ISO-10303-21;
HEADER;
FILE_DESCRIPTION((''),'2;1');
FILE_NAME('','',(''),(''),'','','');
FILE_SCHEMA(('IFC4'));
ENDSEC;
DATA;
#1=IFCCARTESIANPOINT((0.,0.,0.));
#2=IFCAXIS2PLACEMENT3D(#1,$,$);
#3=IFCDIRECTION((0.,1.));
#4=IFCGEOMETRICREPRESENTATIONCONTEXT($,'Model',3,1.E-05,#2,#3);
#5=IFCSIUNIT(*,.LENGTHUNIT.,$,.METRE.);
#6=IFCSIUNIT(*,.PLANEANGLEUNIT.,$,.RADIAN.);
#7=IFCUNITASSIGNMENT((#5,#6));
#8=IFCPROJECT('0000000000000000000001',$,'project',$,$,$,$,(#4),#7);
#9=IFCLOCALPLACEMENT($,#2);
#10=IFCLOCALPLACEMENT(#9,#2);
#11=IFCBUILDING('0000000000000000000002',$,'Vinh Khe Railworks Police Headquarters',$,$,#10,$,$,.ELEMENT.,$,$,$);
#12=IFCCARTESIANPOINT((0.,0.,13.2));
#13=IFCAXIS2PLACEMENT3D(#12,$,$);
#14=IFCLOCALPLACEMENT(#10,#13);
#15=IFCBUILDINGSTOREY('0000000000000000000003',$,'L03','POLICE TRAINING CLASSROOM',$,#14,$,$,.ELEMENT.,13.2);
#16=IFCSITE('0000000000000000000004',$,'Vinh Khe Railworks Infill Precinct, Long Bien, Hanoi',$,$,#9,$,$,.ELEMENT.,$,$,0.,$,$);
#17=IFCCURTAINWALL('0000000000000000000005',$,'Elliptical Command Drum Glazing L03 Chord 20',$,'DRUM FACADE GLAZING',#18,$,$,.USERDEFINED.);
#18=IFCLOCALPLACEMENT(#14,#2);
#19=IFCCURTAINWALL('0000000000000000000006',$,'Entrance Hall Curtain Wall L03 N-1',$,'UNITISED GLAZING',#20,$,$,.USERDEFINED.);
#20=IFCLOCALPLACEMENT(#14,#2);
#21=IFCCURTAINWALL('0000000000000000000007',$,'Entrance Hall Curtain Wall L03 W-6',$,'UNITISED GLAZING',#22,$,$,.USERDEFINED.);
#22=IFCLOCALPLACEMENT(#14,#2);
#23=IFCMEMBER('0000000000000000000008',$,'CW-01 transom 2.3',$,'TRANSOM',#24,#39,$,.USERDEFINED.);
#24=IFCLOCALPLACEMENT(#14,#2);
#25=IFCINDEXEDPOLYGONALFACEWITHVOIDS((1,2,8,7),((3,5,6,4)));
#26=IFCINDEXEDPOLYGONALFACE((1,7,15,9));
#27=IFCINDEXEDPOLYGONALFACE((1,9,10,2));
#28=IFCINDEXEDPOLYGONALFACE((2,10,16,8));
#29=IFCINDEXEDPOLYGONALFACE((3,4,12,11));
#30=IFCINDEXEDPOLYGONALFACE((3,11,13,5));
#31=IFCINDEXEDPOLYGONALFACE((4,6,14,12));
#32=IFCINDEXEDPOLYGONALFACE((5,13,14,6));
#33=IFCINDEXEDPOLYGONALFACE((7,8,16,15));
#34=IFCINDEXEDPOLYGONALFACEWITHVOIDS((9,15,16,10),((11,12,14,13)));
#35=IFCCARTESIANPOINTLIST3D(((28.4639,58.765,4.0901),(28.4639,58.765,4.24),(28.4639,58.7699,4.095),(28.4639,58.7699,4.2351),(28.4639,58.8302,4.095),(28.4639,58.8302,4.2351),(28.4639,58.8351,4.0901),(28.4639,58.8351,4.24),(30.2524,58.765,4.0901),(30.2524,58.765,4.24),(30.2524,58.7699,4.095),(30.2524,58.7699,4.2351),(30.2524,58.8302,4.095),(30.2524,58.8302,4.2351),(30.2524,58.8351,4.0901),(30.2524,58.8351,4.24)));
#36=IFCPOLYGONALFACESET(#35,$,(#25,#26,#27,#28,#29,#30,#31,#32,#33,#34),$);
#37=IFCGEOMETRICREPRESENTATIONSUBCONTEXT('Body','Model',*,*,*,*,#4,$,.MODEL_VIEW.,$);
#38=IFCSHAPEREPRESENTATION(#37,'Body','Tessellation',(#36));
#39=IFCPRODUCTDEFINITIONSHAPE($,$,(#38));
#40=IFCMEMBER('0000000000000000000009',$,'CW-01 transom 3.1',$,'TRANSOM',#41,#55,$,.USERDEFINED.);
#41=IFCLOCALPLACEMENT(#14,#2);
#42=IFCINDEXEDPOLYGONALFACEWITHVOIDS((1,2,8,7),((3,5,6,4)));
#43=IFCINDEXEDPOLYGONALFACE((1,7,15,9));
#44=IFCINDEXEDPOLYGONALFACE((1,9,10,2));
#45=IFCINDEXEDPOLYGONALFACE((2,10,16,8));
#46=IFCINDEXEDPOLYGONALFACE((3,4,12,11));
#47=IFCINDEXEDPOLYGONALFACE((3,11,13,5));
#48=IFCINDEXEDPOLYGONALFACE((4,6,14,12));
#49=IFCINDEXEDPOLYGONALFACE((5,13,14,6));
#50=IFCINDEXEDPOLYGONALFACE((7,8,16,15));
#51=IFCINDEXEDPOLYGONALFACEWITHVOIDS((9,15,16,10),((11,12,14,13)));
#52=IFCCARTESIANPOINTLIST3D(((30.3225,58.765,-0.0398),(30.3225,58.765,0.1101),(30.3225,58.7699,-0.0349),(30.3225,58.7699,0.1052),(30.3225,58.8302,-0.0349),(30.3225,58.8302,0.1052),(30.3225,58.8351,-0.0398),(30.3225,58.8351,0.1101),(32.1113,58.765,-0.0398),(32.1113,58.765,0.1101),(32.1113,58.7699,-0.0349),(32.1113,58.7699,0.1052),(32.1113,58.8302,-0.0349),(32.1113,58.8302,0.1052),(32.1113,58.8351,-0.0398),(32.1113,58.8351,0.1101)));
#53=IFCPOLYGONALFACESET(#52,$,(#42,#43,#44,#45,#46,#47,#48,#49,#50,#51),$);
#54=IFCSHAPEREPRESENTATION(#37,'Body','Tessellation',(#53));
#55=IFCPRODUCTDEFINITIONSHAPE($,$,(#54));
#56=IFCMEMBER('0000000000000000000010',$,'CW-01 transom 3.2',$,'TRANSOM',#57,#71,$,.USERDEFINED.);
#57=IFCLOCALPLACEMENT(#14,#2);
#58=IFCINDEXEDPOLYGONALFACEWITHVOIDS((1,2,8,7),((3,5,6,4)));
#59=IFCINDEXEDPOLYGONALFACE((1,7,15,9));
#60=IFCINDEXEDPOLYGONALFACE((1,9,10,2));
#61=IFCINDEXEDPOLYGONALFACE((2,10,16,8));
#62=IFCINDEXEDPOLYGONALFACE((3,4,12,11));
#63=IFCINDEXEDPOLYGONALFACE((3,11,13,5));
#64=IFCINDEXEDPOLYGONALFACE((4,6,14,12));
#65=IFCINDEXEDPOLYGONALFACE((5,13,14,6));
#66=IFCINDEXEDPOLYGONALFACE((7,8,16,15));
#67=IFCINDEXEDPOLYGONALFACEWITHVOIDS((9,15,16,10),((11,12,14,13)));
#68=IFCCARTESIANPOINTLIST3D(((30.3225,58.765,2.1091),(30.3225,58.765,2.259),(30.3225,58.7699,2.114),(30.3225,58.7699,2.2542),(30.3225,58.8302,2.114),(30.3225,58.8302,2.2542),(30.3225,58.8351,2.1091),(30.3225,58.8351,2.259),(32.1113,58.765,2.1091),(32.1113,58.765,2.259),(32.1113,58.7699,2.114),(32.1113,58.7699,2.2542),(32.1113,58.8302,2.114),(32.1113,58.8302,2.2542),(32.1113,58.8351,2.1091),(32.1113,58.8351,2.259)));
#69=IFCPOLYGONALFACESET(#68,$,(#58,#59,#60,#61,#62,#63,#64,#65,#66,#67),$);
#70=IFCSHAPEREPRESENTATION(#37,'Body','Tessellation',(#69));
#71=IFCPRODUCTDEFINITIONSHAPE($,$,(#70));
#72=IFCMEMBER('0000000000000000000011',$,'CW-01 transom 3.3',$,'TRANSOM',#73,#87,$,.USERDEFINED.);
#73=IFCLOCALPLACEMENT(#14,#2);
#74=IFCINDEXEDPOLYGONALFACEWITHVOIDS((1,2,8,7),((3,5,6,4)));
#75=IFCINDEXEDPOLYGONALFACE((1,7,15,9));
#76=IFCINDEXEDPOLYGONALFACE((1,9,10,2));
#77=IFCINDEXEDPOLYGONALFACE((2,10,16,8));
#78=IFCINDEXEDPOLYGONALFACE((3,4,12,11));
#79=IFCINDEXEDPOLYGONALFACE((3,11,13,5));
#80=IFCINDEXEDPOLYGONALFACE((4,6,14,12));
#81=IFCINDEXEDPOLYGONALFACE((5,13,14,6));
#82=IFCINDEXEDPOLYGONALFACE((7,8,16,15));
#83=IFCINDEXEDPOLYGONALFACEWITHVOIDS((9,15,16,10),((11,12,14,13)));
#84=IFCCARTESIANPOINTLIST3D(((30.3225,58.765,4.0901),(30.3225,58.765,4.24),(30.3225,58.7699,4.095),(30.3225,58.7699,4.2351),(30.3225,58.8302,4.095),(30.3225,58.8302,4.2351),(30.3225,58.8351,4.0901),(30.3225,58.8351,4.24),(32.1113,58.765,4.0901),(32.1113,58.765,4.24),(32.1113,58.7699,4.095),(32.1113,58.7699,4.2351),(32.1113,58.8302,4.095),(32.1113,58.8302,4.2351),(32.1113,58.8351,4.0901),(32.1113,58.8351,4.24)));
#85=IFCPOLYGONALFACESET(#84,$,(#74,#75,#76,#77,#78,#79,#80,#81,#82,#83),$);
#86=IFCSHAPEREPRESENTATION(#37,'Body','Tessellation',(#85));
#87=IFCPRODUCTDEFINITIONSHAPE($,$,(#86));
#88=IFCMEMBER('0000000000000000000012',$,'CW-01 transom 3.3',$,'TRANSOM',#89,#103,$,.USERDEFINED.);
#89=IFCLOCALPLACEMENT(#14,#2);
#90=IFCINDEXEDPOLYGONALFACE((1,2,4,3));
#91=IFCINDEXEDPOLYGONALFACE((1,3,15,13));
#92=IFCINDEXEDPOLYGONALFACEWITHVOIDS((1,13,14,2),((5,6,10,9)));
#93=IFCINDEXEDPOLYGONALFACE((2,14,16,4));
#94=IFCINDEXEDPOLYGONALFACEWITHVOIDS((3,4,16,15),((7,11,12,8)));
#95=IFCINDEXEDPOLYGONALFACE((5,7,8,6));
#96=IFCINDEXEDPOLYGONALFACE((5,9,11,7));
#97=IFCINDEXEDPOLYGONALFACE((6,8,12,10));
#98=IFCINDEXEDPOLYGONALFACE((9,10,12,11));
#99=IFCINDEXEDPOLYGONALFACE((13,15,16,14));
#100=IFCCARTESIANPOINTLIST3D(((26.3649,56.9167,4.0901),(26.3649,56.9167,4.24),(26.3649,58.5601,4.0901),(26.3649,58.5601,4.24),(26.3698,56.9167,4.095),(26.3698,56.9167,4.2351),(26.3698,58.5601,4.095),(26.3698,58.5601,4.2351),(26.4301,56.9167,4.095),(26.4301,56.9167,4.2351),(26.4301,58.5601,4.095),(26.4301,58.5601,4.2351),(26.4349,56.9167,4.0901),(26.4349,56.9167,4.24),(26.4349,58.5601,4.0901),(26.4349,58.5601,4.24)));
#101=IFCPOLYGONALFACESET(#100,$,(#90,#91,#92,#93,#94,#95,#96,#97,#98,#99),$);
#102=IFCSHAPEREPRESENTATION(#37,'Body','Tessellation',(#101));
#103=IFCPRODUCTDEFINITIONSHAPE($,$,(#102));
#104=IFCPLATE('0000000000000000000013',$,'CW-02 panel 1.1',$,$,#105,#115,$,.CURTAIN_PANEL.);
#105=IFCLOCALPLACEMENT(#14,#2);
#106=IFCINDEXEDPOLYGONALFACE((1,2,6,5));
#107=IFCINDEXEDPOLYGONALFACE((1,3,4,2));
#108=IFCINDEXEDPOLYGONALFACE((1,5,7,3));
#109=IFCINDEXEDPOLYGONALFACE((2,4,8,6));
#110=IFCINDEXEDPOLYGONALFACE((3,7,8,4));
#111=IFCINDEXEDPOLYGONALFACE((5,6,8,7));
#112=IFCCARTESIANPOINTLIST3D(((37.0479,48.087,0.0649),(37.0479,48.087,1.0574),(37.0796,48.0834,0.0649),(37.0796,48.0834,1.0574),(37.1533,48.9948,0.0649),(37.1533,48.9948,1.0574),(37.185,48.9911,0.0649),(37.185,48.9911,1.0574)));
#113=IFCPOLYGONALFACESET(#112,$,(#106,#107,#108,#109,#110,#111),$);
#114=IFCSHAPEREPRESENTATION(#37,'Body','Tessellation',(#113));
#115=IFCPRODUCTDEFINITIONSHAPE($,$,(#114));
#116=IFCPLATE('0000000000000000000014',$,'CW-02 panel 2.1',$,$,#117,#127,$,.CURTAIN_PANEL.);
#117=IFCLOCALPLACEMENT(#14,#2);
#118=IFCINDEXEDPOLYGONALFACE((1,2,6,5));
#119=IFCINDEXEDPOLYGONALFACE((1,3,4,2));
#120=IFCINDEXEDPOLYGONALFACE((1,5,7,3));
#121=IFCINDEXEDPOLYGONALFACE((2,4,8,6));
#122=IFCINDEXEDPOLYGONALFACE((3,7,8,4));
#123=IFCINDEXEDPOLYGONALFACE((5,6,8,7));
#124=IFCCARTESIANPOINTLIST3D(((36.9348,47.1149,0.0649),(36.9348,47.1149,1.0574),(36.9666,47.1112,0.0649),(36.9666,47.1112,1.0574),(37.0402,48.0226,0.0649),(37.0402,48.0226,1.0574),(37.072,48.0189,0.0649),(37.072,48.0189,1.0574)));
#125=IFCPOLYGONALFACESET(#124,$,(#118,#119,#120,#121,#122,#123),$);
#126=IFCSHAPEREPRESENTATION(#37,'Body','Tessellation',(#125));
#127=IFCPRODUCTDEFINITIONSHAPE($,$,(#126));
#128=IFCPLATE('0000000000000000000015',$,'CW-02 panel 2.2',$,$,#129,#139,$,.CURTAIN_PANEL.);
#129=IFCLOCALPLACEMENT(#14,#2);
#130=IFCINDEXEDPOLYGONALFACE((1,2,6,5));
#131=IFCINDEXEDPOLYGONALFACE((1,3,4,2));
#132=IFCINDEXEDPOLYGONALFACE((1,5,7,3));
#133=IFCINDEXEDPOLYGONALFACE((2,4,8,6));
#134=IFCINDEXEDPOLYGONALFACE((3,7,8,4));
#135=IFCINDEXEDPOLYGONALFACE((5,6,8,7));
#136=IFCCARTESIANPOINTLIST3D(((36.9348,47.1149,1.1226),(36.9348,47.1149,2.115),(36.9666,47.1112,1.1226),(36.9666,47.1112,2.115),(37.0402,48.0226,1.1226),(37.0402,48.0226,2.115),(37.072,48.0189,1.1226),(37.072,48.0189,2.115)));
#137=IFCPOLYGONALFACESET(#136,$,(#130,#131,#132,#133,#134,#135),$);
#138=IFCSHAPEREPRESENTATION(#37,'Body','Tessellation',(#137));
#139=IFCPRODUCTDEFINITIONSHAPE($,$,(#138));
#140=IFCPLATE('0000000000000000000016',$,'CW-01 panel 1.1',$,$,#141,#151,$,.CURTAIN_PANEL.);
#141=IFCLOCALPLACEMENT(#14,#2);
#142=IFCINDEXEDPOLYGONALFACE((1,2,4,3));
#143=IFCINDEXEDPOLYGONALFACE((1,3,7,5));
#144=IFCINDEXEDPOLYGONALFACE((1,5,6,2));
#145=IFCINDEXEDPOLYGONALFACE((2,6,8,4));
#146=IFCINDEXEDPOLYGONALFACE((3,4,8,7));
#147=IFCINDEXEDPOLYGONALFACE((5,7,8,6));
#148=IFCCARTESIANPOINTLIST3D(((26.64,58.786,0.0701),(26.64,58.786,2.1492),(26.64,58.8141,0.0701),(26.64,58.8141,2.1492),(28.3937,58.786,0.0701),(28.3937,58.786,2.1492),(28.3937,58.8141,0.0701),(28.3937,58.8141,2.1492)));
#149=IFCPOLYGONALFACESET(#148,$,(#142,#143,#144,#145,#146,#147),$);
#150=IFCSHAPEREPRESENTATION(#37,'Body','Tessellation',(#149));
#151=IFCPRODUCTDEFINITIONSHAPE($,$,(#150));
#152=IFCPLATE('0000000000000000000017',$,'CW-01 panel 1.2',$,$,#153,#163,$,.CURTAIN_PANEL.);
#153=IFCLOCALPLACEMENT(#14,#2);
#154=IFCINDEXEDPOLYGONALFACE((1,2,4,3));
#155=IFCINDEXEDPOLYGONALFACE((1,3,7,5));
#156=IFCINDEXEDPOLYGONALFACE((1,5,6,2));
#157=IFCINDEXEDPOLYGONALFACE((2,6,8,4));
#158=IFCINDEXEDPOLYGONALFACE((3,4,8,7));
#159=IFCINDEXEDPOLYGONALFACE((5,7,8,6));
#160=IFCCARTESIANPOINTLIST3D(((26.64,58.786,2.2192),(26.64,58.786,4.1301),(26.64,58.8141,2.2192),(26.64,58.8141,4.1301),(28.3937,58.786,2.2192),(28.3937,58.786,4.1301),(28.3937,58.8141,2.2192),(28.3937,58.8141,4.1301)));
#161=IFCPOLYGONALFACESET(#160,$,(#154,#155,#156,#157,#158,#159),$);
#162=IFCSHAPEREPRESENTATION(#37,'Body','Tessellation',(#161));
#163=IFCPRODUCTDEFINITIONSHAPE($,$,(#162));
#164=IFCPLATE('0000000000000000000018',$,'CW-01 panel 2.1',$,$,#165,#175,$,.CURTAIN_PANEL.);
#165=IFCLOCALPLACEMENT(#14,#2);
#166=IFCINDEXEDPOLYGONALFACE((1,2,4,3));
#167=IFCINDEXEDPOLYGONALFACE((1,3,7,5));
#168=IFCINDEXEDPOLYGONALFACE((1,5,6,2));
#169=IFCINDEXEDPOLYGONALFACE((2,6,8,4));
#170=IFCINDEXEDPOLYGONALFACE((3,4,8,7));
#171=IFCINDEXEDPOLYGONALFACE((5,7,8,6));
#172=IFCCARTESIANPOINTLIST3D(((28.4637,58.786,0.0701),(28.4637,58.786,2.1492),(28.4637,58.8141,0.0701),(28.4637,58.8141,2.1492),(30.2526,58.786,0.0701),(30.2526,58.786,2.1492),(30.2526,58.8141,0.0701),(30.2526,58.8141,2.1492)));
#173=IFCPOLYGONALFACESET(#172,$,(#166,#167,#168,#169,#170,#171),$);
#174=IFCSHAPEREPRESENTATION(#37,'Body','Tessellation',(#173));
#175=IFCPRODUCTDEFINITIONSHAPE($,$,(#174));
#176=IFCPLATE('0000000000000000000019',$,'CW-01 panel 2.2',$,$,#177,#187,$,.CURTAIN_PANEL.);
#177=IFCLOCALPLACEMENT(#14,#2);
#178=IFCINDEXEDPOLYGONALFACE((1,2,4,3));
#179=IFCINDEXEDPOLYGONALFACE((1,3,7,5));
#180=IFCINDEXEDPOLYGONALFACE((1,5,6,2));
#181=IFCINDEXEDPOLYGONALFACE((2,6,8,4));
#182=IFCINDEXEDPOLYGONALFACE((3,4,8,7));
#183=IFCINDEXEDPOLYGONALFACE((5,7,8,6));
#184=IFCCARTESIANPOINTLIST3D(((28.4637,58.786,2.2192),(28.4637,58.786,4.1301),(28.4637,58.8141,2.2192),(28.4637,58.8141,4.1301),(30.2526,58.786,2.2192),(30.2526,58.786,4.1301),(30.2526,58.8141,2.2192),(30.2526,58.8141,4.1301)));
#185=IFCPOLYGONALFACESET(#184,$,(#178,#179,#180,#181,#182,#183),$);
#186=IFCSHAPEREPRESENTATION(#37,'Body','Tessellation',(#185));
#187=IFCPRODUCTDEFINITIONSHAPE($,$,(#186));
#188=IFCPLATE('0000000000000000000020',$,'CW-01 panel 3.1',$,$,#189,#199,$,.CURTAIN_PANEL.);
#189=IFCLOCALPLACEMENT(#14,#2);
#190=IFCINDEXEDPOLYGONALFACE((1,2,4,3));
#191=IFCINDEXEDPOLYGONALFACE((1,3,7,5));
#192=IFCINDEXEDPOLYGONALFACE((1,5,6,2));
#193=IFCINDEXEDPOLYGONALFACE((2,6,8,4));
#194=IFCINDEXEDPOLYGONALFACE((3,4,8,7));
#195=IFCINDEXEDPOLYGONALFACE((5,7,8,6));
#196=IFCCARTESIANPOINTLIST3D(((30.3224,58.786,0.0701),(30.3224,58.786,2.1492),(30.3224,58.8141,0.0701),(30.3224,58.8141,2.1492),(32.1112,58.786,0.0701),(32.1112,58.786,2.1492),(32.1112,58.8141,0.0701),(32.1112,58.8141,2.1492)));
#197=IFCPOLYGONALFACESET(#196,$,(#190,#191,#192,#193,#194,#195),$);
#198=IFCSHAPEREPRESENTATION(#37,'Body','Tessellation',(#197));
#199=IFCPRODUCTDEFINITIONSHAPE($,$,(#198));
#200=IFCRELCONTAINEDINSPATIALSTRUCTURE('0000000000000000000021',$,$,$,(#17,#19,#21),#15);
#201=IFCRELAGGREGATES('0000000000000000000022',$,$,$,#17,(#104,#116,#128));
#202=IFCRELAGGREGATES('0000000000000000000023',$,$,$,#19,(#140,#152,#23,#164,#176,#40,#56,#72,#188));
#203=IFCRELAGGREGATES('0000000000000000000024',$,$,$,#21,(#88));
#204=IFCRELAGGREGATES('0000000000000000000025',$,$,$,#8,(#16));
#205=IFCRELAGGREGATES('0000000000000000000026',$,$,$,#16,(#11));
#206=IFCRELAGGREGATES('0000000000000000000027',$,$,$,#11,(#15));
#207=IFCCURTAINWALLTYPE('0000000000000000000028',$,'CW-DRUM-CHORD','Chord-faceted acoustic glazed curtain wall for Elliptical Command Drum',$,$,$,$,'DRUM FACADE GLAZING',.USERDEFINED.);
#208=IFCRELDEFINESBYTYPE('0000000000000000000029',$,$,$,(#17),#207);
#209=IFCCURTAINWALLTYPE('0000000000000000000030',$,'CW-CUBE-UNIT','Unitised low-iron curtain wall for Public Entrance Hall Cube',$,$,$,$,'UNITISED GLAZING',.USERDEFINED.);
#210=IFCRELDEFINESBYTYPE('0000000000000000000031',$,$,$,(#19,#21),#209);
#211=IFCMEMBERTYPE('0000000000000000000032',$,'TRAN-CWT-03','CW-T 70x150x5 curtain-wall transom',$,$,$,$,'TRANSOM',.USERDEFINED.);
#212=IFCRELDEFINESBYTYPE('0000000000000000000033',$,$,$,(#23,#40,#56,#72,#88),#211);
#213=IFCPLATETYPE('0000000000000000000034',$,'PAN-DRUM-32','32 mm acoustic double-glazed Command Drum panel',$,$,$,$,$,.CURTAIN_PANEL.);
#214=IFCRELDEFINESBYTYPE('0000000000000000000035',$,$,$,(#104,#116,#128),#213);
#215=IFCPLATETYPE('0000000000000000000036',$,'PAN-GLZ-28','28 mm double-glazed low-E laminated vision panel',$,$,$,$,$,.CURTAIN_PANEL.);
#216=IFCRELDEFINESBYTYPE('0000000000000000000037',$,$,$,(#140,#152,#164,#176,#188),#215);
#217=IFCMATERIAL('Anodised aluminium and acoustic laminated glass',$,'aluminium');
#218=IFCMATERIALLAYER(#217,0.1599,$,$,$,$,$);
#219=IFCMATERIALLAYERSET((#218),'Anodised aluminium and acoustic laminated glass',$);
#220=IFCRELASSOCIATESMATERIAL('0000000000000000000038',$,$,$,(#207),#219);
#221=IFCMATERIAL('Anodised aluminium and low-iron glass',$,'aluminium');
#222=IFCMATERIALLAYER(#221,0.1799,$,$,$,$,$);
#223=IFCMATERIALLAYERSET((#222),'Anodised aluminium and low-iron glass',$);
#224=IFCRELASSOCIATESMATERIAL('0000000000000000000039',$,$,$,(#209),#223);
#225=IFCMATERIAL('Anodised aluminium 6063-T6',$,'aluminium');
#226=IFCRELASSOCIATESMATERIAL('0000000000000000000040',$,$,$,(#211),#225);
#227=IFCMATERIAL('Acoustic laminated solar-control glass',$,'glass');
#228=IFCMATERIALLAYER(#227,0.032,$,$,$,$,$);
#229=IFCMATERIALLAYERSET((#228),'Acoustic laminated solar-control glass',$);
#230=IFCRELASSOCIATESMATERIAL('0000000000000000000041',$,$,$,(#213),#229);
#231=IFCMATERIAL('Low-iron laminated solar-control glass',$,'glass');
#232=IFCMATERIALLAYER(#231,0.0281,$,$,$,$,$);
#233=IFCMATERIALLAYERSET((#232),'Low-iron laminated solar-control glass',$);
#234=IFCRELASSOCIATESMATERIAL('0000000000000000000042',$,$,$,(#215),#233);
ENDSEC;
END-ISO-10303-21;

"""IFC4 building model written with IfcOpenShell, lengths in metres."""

from ifc_helpers import new_model, si_unit, direction, frame, origin, origin_2d, place, context, subcontext, project, spatial, rectangle, hollow_rectangle, extrude, material, layer, layer_set, material_profile, profile_set, type_object, element, aggregate, save


model = new_model("IFC4")

# Units and contexts
model_context = context("Model", 3, precision=1e-05, world=origin(), true_north=direction((0.0, 1.0)))
body_context = subcontext(model_context, "Body", "Model", "MODEL_VIEW")
ifc_project = project(units=[si_unit("LENGTHUNIT", "METRE"), si_unit("PLANEANGLEUNIT", "RADIAN")], contexts=[model_context])

# Site, building, storey
site_placement = place(None, origin())
site = spatial("IfcSite", under=ifc_project, at=site_placement, Name="Vinh Khe Railworks Infill Precinct, Long Bien, Hanoi", CompositionType="ELEMENT", RefElevation=0.0)
building_placement = place(site_placement, origin())
building = spatial("IfcBuilding", under=site, at=building_placement, Name="Vinh Khe Railworks Police Headquarters", CompositionType="ELEMENT")
storey_placement = place(building_placement, frame((0.0, 0.0, 13.2)))
storey = spatial("IfcBuildingStorey", under=building, at=storey_placement, Name="L03", Description="POLICE TRAINING CLASSROOM", CompositionType="ELEMENT", Elevation=13.2)

# Curtain wall
ifc_material_1 = material(Name="Anodised aluminium and acoustic laminated glass", Category="aluminium")
ifc_layer_1 = layer(ifc_material_1, 0.1599)
ifc_layer_set_1 = layer_set([ifc_layer_1], Name="Anodised aluminium and acoustic laminated glass")
curtain_wall_type_1 = type_object("IfcCurtainWallType", Name="CW-DRUM-CHORD", Description="Chord-faceted acoustic glazed curtain wall for Elliptical Command Drum", ElementType="DRUM FACADE GLAZING", PredefinedType="USERDEFINED", material=ifc_layer_set_1)
curtain_wall_1_placement = place(storey_placement, origin())
curtain_wall_1 = element("IfcCurtainWall", 1, at=curtain_wall_1_placement, inside=storey, type_object=curtain_wall_type_1, Name="Elliptical Command Drum Glazing L03 Chord 20", ObjectType="DRUM FACADE GLAZING", PredefinedType="USERDEFINED")
ifc_material_2 = material(Name="Anodised aluminium 6063-T6", Category="aluminium")

# Curtain wall
ifc_material_3 = material(Name="Anodised aluminium and low-iron glass", Category="aluminium")
ifc_layer_2 = layer(ifc_material_3, 0.1799)
ifc_layer_set_2 = layer_set([ifc_layer_2], Name="Anodised aluminium and low-iron glass")
curtain_wall_type_2 = type_object("IfcCurtainWallType", Name="CW-CUBE-UNIT", Description="Unitised low-iron curtain wall for Public Entrance Hall Cube", ElementType="UNITISED GLAZING", PredefinedType="USERDEFINED", material=ifc_layer_set_2)
curtain_wall_2_placement = place(storey_placement, origin())
curtain_wall_2 = element("IfcCurtainWall", 2, at=curtain_wall_2_placement, inside=storey, type_object=curtain_wall_type_2, Name="Entrance Hall Curtain Wall L03 N-1", ObjectType="UNITISED GLAZING", PredefinedType="USERDEFINED")

# Curtain wall
curtain_wall_3_placement = place(storey_placement, origin())
curtain_wall_3 = element("IfcCurtainWall", 3, at=curtain_wall_3_placement, inside=storey, type_object=curtain_wall_type_2, Name="Entrance Hall Curtain Wall L03 W-6", ObjectType="UNITISED GLAZING", PredefinedType="USERDEFINED")

# Members
ifc_material_profile_1 = material_profile(ifc_material_2, hollow_rectangle(XDim=0.0701, YDim=0.1499, WallThickness=0.0049, at=origin_2d()), Name="CW-T 70x150x5")
ifc_profile_set_1 = profile_set([ifc_material_profile_1], Name="Anodised aluminium 6063-T6")
member_type_1 = type_object("IfcMemberType", Name="TRAN-CWT-03", Description="CW-T 70x150x5 curtain-wall transom", ElementType="TRANSOM", PredefinedType="USERDEFINED", material=ifc_profile_set_1)
member_1_placement = place(storey_placement, frame((28.4639, 58.8, 4.165), z_axis=(1.0, 0.0, 0.0), x_axis=(0.0, 1.0, 0.0)))
member_1 = element("IfcMember", 4, at=member_1_placement, type_object=member_type_1, Name="CW-01 transom 2.3", ObjectType="TRANSOM", PredefinedType="USERDEFINED", context=body_context, shape_type="SweptSolid", body=[
    extrude(hollow_rectangle(XDim=0.0701, YDim=0.1499, WallThickness=0.0049, at=origin_2d()), origin(), (0.0, 0.0, 1.0), 1.7886),
])
member_2_placement = place(storey_placement, frame((30.3225, 58.8, 0.0352), z_axis=(1.0, 0.0, 0.0), x_axis=(0.0, 1.0, 0.0)))
member_2 = element("IfcMember", 5, at=member_2_placement, type_object=member_type_1, Name="CW-01 transom 3.1", ObjectType="TRANSOM", PredefinedType="USERDEFINED", context=body_context, shape_type="SweptSolid", body=[
    extrude(hollow_rectangle(XDim=0.0701, YDim=0.1499, WallThickness=0.0049, at=origin_2d()), origin(), (0.0, 0.0, 1.0), 1.7888),
])
member_3_placement = place(storey_placement, frame((30.3225, 58.8, 2.1841), z_axis=(1.0, 0.0, 0.0), x_axis=(0.0, 1.0, 0.0)))
member_3 = element("IfcMember", 6, at=member_3_placement, type_object=member_type_1, Name="CW-01 transom 3.2", ObjectType="TRANSOM", PredefinedType="USERDEFINED", context=body_context, shape_type="SweptSolid", body=[
    extrude(hollow_rectangle(XDim=0.0701, YDim=0.1499, WallThickness=0.0049, at=origin_2d()), origin(), (0.0, 0.0, 1.0), 1.7888),
])
member_4_placement = place(storey_placement, frame((30.3225, 58.8, 4.165), z_axis=(1.0, 0.0, 0.0), x_axis=(0.0, 1.0, 0.0)))
member_4 = element("IfcMember", 7, at=member_4_placement, type_object=member_type_1, Name="CW-01 transom 3.3", ObjectType="TRANSOM", PredefinedType="USERDEFINED", context=body_context, shape_type="SweptSolid", body=[
    extrude(hollow_rectangle(XDim=0.0701, YDim=0.1499, WallThickness=0.0049, at=origin_2d()), origin(), (0.0, 0.0, 1.0), 1.7888),
])
member_5_placement = place(storey_placement, frame((26.3999, 56.9167, 4.165), z_axis=(0.0, 1.0, 0.0), x_axis=(-1.0, 0.0, 0.0)))
member_5 = element("IfcMember", 8, at=member_5_placement, type_object=member_type_1, Name="CW-01 transom 3.3", ObjectType="TRANSOM", PredefinedType="USERDEFINED", context=body_context, shape_type="SweptSolid", body=[
    extrude(hollow_rectangle(XDim=0.0701, YDim=0.1499, WallThickness=0.0049, at=origin_2d()), origin(), (0.0, 0.0, 1.0), 1.6433),
])

# Plates
ifc_material_4 = material(Name="Acoustic laminated solar-control glass", Category="glass")
ifc_layer_3 = layer(ifc_material_4, 0.032)
ifc_layer_set_3 = layer_set([ifc_layer_3], Name="Acoustic laminated solar-control glass")
plate_type_1 = type_object("IfcPlateType", Name="PAN-DRUM-32", Description="32 mm acoustic double-glazed Command Drum panel", PredefinedType="CURTAIN_PANEL", material=ifc_layer_set_3)
plate_1_placement = place(storey_placement, frame((37.1165, 48.5391, 0.0649), z_axis=(0.0, 0.0, 1.0), x_axis=(-0.115318, -0.993329, 0.0)))
plate_1 = element("IfcPlate", 9, at=plate_1_placement, type_object=plate_type_1, Name="CW-02 panel 1.1", PredefinedType="CURTAIN_PANEL", context=body_context, shape_type="SweptSolid", body=[
    extrude(rectangle(XDim=0.9138, YDim=0.032, at=origin_2d()), origin(), (0.0, 0.0, 1.0), 0.9924),
])
plate_2_placement = place(storey_placement, frame((37.0034, 47.5669, 0.0649), z_axis=(0.0, 0.0, 1.0), x_axis=(-0.115318, -0.993329, 0.0)))
plate_2 = element("IfcPlate", 10, at=plate_2_placement, type_object=plate_type_1, Name="CW-02 panel 2.1", PredefinedType="CURTAIN_PANEL", context=body_context, shape_type="SweptSolid", body=[
    extrude(rectangle(XDim=0.9138, YDim=0.032, at=origin_2d()), origin(), (0.0, 0.0, 1.0), 0.9924),
])
plate_3_placement = place(storey_placement, frame((37.0034, 47.5669, 1.1226), z_axis=(0.0, 0.0, 1.0), x_axis=(-0.115318, -0.993329, 0.0)))
plate_3 = element("IfcPlate", 11, at=plate_3_placement, type_object=plate_type_1, Name="CW-02 panel 2.2", PredefinedType="CURTAIN_PANEL", context=body_context, shape_type="SweptSolid", body=[
    extrude(rectangle(XDim=0.9138, YDim=0.032, at=origin_2d()), origin(), (0.0, 0.0, 1.0), 0.9924),
])
aggregate(curtain_wall_1, [plate_1, plate_2, plate_3])
ifc_material_5 = material(Name="Low-iron laminated solar-control glass", Category="glass")
ifc_layer_4 = layer(ifc_material_5, 0.0281)
ifc_layer_set_4 = layer_set([ifc_layer_4], Name="Low-iron laminated solar-control glass")
plate_type_2 = type_object("IfcPlateType", Name="PAN-GLZ-28", Description="28 mm double-glazed low-E laminated vision panel", PredefinedType="CURTAIN_PANEL", material=ifc_layer_set_4)
plate_4_placement = place(storey_placement, frame((27.5168, 58.8, 0.0701), z_axis=(0.0, 0.0, 1.0), x_axis=(1.0, 0.0, 0.0)))
plate_4 = element("IfcPlate", 12, at=plate_4_placement, type_object=plate_type_2, Name="CW-01 panel 1.1", PredefinedType="CURTAIN_PANEL", context=body_context, shape_type="SweptSolid", body=[
    extrude(rectangle(XDim=1.7537, YDim=0.0281, at=origin_2d()), origin(), (0.0, 0.0, 1.0), 2.0791),
])
plate_5_placement = place(storey_placement, frame((27.5168, 58.8, 2.2192), z_axis=(0.0, 0.0, 1.0), x_axis=(1.0, 0.0, 0.0)))
plate_5 = element("IfcPlate", 13, at=plate_5_placement, type_object=plate_type_2, Name="CW-01 panel 1.2", PredefinedType="CURTAIN_PANEL", context=body_context, shape_type="SweptSolid", body=[
    extrude(rectangle(XDim=1.7537, YDim=0.0281, at=origin_2d()), origin(), (0.0, 0.0, 1.0), 1.9109),
])
plate_6_placement = place(storey_placement, frame((29.3582, 58.8, 0.0701), z_axis=(0.0, 0.0, 1.0), x_axis=(1.0, 0.0, 0.0)))
plate_6 = element("IfcPlate", 14, at=plate_6_placement, type_object=plate_type_2, Name="CW-01 panel 2.1", PredefinedType="CURTAIN_PANEL", context=body_context, shape_type="SweptSolid", body=[
    extrude(rectangle(XDim=1.7888, YDim=0.0281, at=origin_2d()), origin(), (0.0, 0.0, 1.0), 2.0791),
])
plate_7_placement = place(storey_placement, frame((29.3582, 58.8, 2.2192), z_axis=(0.0, 0.0, 1.0), x_axis=(1.0, 0.0, 0.0)))
plate_7 = element("IfcPlate", 15, at=plate_7_placement, type_object=plate_type_2, Name="CW-01 panel 2.2", PredefinedType="CURTAIN_PANEL", context=body_context, shape_type="SweptSolid", body=[
    extrude(rectangle(XDim=1.7888, YDim=0.0281, at=origin_2d()), origin(), (0.0, 0.0, 1.0), 1.9109),
])
plate_8_placement = place(storey_placement, frame((31.2168, 58.8, 0.0701), z_axis=(0.0, 0.0, 1.0), x_axis=(1.0, 0.0, 0.0)))
plate_8 = element("IfcPlate", 16, at=plate_8_placement, type_object=plate_type_2, Name="CW-01 panel 3.1", PredefinedType="CURTAIN_PANEL", context=body_context, shape_type="SweptSolid", body=[
    extrude(rectangle(XDim=1.7888, YDim=0.0281, at=origin_2d()), origin(), (0.0, 0.0, 1.0), 2.0791),
])
aggregate(curtain_wall_2, [plate_4, plate_5, member_1, plate_6, plate_7, member_2, member_3, member_4, plate_8])
aggregate(curtain_wall_3, [member_5])

save(model, "model.ifc")
